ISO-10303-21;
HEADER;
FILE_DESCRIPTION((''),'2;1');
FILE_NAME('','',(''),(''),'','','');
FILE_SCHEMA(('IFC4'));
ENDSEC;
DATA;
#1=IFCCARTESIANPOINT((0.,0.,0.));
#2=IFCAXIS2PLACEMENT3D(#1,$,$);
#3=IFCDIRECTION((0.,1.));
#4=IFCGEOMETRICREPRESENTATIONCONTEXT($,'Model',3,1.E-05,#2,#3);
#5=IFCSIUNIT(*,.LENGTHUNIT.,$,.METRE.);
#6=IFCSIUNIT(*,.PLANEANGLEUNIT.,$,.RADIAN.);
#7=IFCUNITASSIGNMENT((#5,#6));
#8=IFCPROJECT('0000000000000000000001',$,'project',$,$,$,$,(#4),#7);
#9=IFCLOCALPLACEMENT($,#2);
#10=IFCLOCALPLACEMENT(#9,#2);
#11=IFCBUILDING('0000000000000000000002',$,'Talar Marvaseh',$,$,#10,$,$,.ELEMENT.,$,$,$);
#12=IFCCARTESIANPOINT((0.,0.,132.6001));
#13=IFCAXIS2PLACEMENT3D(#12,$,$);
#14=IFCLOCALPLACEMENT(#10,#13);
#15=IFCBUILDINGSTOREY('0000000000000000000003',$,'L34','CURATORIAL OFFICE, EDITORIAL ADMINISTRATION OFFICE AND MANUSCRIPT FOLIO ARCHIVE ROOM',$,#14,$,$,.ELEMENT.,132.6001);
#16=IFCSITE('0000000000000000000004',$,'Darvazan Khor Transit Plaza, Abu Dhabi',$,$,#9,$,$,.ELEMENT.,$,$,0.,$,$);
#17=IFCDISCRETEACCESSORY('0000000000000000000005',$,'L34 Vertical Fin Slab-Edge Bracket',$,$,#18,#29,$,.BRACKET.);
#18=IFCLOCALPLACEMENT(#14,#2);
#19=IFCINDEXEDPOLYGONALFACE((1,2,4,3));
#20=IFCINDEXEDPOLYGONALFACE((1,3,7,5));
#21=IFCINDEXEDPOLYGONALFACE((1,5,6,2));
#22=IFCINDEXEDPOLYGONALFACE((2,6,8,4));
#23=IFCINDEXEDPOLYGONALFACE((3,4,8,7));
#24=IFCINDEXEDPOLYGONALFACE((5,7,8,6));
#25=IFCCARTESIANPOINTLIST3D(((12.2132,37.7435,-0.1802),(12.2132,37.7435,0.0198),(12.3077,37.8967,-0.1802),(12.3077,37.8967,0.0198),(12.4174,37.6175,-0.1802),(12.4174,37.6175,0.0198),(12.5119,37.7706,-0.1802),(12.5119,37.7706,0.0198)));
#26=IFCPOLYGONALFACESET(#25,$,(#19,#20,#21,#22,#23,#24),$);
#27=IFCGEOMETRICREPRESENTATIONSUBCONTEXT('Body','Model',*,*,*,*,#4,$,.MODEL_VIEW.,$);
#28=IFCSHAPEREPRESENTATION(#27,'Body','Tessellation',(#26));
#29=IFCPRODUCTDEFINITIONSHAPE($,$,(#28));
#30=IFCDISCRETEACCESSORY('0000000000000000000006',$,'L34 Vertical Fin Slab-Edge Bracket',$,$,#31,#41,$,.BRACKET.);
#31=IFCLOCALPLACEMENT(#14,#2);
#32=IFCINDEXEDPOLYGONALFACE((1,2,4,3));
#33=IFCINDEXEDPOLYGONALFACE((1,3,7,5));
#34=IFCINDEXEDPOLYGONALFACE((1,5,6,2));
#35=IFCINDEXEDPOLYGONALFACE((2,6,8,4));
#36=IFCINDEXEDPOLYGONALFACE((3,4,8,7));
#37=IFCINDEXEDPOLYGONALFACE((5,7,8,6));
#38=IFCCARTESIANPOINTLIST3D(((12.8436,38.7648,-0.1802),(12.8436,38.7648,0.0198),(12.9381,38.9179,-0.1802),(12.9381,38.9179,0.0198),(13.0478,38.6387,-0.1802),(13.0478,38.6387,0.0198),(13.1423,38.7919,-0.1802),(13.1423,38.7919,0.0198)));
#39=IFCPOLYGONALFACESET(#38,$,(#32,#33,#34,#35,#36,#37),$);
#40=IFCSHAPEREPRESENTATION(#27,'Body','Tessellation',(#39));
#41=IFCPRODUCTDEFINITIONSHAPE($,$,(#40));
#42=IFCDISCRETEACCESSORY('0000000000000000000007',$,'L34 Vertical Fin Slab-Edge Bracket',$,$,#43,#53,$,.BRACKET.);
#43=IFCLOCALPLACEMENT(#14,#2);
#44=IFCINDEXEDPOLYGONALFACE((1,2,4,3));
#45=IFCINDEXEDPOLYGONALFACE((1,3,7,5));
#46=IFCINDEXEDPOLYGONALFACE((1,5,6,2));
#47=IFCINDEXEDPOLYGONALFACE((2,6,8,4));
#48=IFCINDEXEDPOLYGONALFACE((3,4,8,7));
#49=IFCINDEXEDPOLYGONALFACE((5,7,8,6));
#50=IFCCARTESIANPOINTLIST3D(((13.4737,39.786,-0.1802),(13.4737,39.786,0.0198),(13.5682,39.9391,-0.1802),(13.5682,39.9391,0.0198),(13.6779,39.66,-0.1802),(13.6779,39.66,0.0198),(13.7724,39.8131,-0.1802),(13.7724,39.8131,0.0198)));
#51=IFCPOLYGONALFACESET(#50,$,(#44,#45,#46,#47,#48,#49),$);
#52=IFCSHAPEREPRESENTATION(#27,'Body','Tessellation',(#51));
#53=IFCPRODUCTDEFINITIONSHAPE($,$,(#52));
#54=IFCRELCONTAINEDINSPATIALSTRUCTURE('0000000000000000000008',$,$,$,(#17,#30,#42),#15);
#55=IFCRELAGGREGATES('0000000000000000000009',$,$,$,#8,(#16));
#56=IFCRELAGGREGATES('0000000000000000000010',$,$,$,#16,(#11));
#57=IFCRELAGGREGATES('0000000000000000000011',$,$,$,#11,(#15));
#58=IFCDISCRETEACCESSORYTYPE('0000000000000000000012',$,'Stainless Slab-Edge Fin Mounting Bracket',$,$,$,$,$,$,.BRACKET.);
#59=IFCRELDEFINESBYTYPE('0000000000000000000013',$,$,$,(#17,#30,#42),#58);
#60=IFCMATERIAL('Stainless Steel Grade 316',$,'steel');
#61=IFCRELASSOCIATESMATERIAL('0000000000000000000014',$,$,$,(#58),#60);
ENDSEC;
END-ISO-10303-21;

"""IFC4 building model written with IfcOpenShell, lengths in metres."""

from ifc_helpers import new_model, si_unit, direction, frame, origin, origin_2d, place, context, subcontext, project, spatial, rectangle, extrude, source, transform, mapped, material, type_object, type_shapes, element, save


model = new_model("IFC4")

# Units and contexts
model_context = context("Model", 3, precision=1e-05, world=origin(), true_north=direction((0.0, 1.0)))
body_context = subcontext(model_context, "Body", "Model", "MODEL_VIEW")
ifc_project = project(units=[si_unit("LENGTHUNIT", "METRE"), si_unit("PLANEANGLEUNIT", "RADIAN")], contexts=[model_context])

# Site, building, storey
site_placement = place(None, origin())
site = spatial("IfcSite", under=ifc_project, at=site_placement, Name="Darvazan Khor Transit Plaza, Abu Dhabi", CompositionType="ELEMENT", RefElevation=0.0)
building_placement = place(site_placement, origin())
building = spatial("IfcBuilding", under=site, at=building_placement, Name="Talar Marvaseh", CompositionType="ELEMENT")
storey_placement = place(building_placement, frame((0.0, 0.0, 132.6001)))
storey = spatial("IfcBuildingStorey", under=building, at=storey_placement, Name="L34", Description="CURATORIAL OFFICE, EDITORIAL ADMINISTRATION OFFICE AND MANUSCRIPT FOLIO ARCHIVE ROOM", CompositionType="ELEMENT", Elevation=132.6001)

# Discrete accessories
ifc_material_1 = material(Name="Stainless Steel Grade 316", Category="steel")
discrete_accessory_type = type_object("IfcDiscreteAccessoryType", Name="Stainless Slab-Edge Fin Mounting Bracket", PredefinedType="BRACKET", material=ifc_material_1)
shared_shape_1 = source(origin(), body_context, "Body", "SweptSolid", [
    extrude(rectangle(XDim=0.24, YDim=0.1799, at=origin_2d()), origin(), (0.0, 0.0, 1.0), 0.2),
])
type_shapes(discrete_accessory_type, [shared_shape_1])
for number, where, z_axis, x_axis, name in (
    (1, (12.3625, 37.7571, -0.1802), (0.0, 0.0, 1.0), (-0.850994, 0.525175, 0.0), "L34 Vertical Fin Slab-Edge Bracket"),
    (2, (12.9929, 38.7783, -0.1802), (0.0, 0.0, 1.0), (-0.850994, 0.525175, 0.0), "L34 Vertical Fin Slab-Edge Bracket"),
    (3, (13.623, 39.7996, -0.1802), (0.0, 0.0, 1.0), (-0.850994, 0.525175, 0.0), "L34 Vertical Fin Slab-Edge Bracket"),
):
    element("IfcDiscreteAccessory", number, at=place(storey_placement, frame(where, z_axis=z_axis, x_axis=x_axis)), inside=storey, type_object=discrete_accessory_type, Name=name, PredefinedType="BRACKET", context=body_context, shape_type="MappedRepresentation", body=[
        mapped(shared_shape_1, transform((0.0, 0.0, 0.0), x_axis=(1.0, 0.0, 0.0), y_axis=(0.0, 1.0, 0.0), z_axis=(0.0, 0.0, 1.0), scale=1.0)),
    ])

save(model, "model.ifc")
